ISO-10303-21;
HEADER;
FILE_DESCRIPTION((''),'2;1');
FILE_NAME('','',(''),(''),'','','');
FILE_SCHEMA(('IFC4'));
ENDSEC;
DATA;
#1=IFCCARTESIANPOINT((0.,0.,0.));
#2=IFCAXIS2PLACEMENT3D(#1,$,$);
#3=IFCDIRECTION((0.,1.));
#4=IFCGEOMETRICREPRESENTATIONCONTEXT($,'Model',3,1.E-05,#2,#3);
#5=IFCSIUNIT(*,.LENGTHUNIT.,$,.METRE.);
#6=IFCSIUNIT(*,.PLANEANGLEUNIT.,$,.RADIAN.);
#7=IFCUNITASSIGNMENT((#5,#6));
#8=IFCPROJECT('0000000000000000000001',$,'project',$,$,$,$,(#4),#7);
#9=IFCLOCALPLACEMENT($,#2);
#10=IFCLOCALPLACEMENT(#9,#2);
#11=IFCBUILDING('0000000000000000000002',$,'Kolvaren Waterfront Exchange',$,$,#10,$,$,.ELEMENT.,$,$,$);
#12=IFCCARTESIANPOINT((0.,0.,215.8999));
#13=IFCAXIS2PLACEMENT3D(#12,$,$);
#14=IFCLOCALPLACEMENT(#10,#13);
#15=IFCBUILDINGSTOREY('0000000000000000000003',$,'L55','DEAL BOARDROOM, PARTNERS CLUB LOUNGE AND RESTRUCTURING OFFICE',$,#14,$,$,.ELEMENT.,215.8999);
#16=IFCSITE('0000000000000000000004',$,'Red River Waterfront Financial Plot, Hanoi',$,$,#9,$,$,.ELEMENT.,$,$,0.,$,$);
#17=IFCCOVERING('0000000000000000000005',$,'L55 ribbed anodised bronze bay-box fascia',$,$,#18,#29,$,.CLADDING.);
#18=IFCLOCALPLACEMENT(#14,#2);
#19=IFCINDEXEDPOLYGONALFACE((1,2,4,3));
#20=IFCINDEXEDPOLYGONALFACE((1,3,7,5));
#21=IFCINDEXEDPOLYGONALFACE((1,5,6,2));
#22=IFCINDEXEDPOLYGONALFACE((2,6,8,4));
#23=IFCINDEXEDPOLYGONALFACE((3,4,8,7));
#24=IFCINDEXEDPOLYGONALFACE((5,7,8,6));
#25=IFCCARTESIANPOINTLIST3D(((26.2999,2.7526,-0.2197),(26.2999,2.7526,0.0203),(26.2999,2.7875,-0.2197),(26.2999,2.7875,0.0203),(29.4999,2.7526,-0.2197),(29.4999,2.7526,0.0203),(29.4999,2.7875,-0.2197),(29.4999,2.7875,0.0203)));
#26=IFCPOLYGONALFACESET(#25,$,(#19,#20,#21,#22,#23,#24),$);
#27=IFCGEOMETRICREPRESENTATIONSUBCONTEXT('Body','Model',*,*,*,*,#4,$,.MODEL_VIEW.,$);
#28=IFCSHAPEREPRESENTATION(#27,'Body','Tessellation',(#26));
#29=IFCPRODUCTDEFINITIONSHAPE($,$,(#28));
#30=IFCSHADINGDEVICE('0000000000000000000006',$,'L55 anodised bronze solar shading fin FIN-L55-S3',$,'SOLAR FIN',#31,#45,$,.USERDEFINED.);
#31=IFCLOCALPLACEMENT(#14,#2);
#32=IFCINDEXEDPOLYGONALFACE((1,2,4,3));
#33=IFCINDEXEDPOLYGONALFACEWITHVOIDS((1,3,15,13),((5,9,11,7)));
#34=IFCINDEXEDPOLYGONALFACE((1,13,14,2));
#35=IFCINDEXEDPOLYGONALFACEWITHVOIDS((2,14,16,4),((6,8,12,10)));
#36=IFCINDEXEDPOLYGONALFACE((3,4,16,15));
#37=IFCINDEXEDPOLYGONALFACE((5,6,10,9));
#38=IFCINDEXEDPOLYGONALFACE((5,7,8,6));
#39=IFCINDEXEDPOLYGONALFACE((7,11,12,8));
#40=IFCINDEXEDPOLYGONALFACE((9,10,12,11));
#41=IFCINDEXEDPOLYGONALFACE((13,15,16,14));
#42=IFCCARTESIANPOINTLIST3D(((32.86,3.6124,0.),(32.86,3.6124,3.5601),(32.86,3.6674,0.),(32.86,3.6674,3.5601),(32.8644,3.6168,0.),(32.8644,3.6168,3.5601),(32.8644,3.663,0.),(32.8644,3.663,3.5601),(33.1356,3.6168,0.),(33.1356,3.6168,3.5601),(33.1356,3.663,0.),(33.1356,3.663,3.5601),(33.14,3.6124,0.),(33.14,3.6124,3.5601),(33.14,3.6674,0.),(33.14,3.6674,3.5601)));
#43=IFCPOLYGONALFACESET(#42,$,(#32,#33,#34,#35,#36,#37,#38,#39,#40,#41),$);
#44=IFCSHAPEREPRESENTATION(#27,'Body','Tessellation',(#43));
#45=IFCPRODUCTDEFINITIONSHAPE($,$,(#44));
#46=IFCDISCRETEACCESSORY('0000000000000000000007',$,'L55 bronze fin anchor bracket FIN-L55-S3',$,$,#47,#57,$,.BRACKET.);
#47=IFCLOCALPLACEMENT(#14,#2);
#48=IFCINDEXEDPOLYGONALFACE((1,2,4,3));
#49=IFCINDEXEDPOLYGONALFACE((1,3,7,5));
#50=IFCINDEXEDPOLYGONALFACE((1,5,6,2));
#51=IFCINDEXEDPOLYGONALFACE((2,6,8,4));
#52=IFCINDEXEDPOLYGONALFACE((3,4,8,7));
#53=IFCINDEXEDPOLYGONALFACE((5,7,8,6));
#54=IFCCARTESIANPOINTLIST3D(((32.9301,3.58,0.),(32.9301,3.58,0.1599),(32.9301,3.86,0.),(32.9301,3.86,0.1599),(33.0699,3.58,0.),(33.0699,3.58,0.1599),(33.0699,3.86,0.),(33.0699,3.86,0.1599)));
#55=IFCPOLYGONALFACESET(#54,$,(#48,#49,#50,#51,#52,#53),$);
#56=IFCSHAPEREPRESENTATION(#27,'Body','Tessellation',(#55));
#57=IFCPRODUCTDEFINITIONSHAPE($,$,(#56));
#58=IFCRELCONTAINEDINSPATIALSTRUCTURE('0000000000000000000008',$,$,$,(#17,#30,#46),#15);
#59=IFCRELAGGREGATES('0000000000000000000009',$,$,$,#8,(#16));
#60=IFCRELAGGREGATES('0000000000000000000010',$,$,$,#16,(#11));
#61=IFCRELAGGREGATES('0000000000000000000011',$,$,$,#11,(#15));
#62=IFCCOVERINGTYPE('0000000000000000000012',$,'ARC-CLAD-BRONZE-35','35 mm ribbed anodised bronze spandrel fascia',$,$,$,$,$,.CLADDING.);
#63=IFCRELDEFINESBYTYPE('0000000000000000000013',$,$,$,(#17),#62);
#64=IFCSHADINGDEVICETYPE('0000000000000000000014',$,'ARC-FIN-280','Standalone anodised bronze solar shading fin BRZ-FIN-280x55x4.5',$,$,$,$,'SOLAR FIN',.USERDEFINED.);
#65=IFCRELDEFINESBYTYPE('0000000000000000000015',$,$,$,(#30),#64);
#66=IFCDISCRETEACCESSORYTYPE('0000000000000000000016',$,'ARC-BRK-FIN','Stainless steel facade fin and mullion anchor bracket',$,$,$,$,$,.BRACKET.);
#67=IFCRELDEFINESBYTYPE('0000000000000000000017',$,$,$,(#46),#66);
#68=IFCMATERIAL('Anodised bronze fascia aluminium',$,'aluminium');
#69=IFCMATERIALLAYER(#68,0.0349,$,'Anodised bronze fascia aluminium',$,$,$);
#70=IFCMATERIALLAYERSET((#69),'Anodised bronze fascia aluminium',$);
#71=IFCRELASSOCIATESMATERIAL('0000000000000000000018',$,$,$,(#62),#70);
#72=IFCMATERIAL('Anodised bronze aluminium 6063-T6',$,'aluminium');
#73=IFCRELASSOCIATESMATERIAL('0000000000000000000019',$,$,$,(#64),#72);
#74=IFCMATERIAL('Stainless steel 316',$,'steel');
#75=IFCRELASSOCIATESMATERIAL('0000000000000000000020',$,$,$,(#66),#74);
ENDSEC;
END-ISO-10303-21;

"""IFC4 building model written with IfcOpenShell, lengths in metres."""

from ifc_helpers import new_model, si_unit, direction, frame, origin, origin_with_axes, origin_2d, place, context, subcontext, project, spatial, rectangle, hollow_rectangle, extrude, source, transform, mapped, material, layer, layer_set, material_profile, profile_set, type_object, element, save


model = new_model("IFC4")

# Units and contexts
model_context = context("Model", 3, precision=1e-05, world=origin(), true_north=direction((0.0, 1.0)))
body_context = subcontext(model_context, "Body", "Model", "MODEL_VIEW")
ifc_project = project(units=[si_unit("LENGTHUNIT", "METRE"), si_unit("PLANEANGLEUNIT", "RADIAN")], contexts=[model_context])

# Site, building, storey
site_placement = place(None, origin())
site = spatial("IfcSite", under=ifc_project, at=site_placement, Name="Red River Waterfront Financial Plot, Hanoi", CompositionType="ELEMENT", RefElevation=0.0)
building_placement = place(site_placement, origin())
building = spatial("IfcBuilding", under=site, at=building_placement, Name="Kolvaren Waterfront Exchange", CompositionType="ELEMENT")
storey_placement = place(building_placement, frame((0.0, 0.0, 215.8999)))
storey = spatial("IfcBuildingStorey", under=building, at=storey_placement, Name="L55", Description="DEAL BOARDROOM, PARTNERS CLUB LOUNGE AND RESTRUCTURING OFFICE", CompositionType="ELEMENT", Elevation=215.8999)

# Shared definitions
ifc_material_1 = material(Name="Anodised bronze aluminium 6063-T6", Category="aluminium")

# Covering
ifc_material_2 = material(Name="Anodised bronze fascia aluminium", Category="aluminium")
ifc_layer_1 = layer(ifc_material_2, 0.0349, Name="Anodised bronze fascia aluminium")
ifc_layer_set_1 = layer_set([ifc_layer_1], Name="Anodised bronze fascia aluminium")
covering_type = type_object("IfcCoveringType", Name="ARC-CLAD-BRONZE-35", Description="35 mm ribbed anodised bronze spandrel fascia", PredefinedType="CLADDING", material=ifc_layer_set_1)
covering_placement = place(storey_placement, frame((27.8999, 2.77, -0.2197), z_axis=(0.0, 0.0, 1.0), x_axis=(1.0, 0.0, 0.0)))
element("IfcCovering", 1, at=covering_placement, inside=storey, type_object=covering_type, Name="L55 ribbed anodised bronze bay-box fascia", PredefinedType="CLADDING", context=body_context, shape_type="SweptSolid", body=[
    extrude(rectangle(XDim=3.2, YDim=0.0349, at=origin_2d()), origin(), (0.0, 0.0, 1.0), 0.24),
])

# Shading device
ifc_material_profile_1 = material_profile(ifc_material_1, hollow_rectangle(XDim=0.0549, YDim=0.28, WallThickness=0.0044, at=origin_2d()), Name="BRZ-FIN-280x55x4.5")
ifc_profile_set_1 = profile_set([ifc_material_profile_1], Name="Anodised bronze aluminium 6063-T6")
shading_device_type = type_object("IfcShadingDeviceType", Name="ARC-FIN-280", Description="Standalone anodised bronze solar shading fin BRZ-FIN-280x55x4.5", ElementType="SOLAR FIN", PredefinedType="USERDEFINED", material=ifc_profile_set_1)
shading_device_placement = place(storey_placement, frame((33.0, 3.6399, 0.0), z_axis=(0.0, 0.0, 1.0), x_axis=(0.0, -1.0, 0.0)))
element("IfcShadingDevice", 2, at=shading_device_placement, inside=storey, type_object=shading_device_type, Name="L55 anodised bronze solar shading fin FIN-L55-S3", ObjectType="SOLAR FIN", PredefinedType="USERDEFINED", context=body_context, shape_type="SweptSolid", body=[
    extrude(hollow_rectangle(XDim=0.0549, YDim=0.28, WallThickness=0.0044, at=origin_2d()), origin(), (0.0, 0.0, 1.0), 3.5601),
])

# Discrete accessory
ifc_material_3 = material(Name="Stainless steel 316", Category="steel")
discrete_accessory_type = type_object("IfcDiscreteAccessoryType", Name="ARC-BRK-FIN", Description="Stainless steel facade fin and mullion anchor bracket", PredefinedType="BRACKET", material=ifc_material_3)
shared_shape_1 = source(origin_with_axes(), body_context, "Body", "SweptSolid", [
    extrude(rectangle(XDim=0.28, YDim=0.1399, at=origin_2d()), origin(), (0.0, 0.0, 1.0), 0.1599),
])
discrete_accessory_placement = place(storey_placement, frame((33.0, 3.72, 0.0), z_axis=(0.0, 0.0, 1.0), x_axis=(0.0, -1.0, 0.0)))
element("IfcDiscreteAccessory", 3, at=discrete_accessory_placement, inside=storey, type_object=discrete_accessory_type, Name="L55 bronze fin anchor bracket FIN-L55-S3", PredefinedType="BRACKET", context=body_context, shape_type="MappedRepresentation", body=[
    mapped(shared_shape_1, transform((0.0, 0.0, 0.0), x_axis=(1.0, 0.0, 0.0), y_axis=(0.0, 1.0, 0.0), z_axis=(0.0, 0.0, 1.0), scale=1.0)),
])

save(model, "model.ifc")
